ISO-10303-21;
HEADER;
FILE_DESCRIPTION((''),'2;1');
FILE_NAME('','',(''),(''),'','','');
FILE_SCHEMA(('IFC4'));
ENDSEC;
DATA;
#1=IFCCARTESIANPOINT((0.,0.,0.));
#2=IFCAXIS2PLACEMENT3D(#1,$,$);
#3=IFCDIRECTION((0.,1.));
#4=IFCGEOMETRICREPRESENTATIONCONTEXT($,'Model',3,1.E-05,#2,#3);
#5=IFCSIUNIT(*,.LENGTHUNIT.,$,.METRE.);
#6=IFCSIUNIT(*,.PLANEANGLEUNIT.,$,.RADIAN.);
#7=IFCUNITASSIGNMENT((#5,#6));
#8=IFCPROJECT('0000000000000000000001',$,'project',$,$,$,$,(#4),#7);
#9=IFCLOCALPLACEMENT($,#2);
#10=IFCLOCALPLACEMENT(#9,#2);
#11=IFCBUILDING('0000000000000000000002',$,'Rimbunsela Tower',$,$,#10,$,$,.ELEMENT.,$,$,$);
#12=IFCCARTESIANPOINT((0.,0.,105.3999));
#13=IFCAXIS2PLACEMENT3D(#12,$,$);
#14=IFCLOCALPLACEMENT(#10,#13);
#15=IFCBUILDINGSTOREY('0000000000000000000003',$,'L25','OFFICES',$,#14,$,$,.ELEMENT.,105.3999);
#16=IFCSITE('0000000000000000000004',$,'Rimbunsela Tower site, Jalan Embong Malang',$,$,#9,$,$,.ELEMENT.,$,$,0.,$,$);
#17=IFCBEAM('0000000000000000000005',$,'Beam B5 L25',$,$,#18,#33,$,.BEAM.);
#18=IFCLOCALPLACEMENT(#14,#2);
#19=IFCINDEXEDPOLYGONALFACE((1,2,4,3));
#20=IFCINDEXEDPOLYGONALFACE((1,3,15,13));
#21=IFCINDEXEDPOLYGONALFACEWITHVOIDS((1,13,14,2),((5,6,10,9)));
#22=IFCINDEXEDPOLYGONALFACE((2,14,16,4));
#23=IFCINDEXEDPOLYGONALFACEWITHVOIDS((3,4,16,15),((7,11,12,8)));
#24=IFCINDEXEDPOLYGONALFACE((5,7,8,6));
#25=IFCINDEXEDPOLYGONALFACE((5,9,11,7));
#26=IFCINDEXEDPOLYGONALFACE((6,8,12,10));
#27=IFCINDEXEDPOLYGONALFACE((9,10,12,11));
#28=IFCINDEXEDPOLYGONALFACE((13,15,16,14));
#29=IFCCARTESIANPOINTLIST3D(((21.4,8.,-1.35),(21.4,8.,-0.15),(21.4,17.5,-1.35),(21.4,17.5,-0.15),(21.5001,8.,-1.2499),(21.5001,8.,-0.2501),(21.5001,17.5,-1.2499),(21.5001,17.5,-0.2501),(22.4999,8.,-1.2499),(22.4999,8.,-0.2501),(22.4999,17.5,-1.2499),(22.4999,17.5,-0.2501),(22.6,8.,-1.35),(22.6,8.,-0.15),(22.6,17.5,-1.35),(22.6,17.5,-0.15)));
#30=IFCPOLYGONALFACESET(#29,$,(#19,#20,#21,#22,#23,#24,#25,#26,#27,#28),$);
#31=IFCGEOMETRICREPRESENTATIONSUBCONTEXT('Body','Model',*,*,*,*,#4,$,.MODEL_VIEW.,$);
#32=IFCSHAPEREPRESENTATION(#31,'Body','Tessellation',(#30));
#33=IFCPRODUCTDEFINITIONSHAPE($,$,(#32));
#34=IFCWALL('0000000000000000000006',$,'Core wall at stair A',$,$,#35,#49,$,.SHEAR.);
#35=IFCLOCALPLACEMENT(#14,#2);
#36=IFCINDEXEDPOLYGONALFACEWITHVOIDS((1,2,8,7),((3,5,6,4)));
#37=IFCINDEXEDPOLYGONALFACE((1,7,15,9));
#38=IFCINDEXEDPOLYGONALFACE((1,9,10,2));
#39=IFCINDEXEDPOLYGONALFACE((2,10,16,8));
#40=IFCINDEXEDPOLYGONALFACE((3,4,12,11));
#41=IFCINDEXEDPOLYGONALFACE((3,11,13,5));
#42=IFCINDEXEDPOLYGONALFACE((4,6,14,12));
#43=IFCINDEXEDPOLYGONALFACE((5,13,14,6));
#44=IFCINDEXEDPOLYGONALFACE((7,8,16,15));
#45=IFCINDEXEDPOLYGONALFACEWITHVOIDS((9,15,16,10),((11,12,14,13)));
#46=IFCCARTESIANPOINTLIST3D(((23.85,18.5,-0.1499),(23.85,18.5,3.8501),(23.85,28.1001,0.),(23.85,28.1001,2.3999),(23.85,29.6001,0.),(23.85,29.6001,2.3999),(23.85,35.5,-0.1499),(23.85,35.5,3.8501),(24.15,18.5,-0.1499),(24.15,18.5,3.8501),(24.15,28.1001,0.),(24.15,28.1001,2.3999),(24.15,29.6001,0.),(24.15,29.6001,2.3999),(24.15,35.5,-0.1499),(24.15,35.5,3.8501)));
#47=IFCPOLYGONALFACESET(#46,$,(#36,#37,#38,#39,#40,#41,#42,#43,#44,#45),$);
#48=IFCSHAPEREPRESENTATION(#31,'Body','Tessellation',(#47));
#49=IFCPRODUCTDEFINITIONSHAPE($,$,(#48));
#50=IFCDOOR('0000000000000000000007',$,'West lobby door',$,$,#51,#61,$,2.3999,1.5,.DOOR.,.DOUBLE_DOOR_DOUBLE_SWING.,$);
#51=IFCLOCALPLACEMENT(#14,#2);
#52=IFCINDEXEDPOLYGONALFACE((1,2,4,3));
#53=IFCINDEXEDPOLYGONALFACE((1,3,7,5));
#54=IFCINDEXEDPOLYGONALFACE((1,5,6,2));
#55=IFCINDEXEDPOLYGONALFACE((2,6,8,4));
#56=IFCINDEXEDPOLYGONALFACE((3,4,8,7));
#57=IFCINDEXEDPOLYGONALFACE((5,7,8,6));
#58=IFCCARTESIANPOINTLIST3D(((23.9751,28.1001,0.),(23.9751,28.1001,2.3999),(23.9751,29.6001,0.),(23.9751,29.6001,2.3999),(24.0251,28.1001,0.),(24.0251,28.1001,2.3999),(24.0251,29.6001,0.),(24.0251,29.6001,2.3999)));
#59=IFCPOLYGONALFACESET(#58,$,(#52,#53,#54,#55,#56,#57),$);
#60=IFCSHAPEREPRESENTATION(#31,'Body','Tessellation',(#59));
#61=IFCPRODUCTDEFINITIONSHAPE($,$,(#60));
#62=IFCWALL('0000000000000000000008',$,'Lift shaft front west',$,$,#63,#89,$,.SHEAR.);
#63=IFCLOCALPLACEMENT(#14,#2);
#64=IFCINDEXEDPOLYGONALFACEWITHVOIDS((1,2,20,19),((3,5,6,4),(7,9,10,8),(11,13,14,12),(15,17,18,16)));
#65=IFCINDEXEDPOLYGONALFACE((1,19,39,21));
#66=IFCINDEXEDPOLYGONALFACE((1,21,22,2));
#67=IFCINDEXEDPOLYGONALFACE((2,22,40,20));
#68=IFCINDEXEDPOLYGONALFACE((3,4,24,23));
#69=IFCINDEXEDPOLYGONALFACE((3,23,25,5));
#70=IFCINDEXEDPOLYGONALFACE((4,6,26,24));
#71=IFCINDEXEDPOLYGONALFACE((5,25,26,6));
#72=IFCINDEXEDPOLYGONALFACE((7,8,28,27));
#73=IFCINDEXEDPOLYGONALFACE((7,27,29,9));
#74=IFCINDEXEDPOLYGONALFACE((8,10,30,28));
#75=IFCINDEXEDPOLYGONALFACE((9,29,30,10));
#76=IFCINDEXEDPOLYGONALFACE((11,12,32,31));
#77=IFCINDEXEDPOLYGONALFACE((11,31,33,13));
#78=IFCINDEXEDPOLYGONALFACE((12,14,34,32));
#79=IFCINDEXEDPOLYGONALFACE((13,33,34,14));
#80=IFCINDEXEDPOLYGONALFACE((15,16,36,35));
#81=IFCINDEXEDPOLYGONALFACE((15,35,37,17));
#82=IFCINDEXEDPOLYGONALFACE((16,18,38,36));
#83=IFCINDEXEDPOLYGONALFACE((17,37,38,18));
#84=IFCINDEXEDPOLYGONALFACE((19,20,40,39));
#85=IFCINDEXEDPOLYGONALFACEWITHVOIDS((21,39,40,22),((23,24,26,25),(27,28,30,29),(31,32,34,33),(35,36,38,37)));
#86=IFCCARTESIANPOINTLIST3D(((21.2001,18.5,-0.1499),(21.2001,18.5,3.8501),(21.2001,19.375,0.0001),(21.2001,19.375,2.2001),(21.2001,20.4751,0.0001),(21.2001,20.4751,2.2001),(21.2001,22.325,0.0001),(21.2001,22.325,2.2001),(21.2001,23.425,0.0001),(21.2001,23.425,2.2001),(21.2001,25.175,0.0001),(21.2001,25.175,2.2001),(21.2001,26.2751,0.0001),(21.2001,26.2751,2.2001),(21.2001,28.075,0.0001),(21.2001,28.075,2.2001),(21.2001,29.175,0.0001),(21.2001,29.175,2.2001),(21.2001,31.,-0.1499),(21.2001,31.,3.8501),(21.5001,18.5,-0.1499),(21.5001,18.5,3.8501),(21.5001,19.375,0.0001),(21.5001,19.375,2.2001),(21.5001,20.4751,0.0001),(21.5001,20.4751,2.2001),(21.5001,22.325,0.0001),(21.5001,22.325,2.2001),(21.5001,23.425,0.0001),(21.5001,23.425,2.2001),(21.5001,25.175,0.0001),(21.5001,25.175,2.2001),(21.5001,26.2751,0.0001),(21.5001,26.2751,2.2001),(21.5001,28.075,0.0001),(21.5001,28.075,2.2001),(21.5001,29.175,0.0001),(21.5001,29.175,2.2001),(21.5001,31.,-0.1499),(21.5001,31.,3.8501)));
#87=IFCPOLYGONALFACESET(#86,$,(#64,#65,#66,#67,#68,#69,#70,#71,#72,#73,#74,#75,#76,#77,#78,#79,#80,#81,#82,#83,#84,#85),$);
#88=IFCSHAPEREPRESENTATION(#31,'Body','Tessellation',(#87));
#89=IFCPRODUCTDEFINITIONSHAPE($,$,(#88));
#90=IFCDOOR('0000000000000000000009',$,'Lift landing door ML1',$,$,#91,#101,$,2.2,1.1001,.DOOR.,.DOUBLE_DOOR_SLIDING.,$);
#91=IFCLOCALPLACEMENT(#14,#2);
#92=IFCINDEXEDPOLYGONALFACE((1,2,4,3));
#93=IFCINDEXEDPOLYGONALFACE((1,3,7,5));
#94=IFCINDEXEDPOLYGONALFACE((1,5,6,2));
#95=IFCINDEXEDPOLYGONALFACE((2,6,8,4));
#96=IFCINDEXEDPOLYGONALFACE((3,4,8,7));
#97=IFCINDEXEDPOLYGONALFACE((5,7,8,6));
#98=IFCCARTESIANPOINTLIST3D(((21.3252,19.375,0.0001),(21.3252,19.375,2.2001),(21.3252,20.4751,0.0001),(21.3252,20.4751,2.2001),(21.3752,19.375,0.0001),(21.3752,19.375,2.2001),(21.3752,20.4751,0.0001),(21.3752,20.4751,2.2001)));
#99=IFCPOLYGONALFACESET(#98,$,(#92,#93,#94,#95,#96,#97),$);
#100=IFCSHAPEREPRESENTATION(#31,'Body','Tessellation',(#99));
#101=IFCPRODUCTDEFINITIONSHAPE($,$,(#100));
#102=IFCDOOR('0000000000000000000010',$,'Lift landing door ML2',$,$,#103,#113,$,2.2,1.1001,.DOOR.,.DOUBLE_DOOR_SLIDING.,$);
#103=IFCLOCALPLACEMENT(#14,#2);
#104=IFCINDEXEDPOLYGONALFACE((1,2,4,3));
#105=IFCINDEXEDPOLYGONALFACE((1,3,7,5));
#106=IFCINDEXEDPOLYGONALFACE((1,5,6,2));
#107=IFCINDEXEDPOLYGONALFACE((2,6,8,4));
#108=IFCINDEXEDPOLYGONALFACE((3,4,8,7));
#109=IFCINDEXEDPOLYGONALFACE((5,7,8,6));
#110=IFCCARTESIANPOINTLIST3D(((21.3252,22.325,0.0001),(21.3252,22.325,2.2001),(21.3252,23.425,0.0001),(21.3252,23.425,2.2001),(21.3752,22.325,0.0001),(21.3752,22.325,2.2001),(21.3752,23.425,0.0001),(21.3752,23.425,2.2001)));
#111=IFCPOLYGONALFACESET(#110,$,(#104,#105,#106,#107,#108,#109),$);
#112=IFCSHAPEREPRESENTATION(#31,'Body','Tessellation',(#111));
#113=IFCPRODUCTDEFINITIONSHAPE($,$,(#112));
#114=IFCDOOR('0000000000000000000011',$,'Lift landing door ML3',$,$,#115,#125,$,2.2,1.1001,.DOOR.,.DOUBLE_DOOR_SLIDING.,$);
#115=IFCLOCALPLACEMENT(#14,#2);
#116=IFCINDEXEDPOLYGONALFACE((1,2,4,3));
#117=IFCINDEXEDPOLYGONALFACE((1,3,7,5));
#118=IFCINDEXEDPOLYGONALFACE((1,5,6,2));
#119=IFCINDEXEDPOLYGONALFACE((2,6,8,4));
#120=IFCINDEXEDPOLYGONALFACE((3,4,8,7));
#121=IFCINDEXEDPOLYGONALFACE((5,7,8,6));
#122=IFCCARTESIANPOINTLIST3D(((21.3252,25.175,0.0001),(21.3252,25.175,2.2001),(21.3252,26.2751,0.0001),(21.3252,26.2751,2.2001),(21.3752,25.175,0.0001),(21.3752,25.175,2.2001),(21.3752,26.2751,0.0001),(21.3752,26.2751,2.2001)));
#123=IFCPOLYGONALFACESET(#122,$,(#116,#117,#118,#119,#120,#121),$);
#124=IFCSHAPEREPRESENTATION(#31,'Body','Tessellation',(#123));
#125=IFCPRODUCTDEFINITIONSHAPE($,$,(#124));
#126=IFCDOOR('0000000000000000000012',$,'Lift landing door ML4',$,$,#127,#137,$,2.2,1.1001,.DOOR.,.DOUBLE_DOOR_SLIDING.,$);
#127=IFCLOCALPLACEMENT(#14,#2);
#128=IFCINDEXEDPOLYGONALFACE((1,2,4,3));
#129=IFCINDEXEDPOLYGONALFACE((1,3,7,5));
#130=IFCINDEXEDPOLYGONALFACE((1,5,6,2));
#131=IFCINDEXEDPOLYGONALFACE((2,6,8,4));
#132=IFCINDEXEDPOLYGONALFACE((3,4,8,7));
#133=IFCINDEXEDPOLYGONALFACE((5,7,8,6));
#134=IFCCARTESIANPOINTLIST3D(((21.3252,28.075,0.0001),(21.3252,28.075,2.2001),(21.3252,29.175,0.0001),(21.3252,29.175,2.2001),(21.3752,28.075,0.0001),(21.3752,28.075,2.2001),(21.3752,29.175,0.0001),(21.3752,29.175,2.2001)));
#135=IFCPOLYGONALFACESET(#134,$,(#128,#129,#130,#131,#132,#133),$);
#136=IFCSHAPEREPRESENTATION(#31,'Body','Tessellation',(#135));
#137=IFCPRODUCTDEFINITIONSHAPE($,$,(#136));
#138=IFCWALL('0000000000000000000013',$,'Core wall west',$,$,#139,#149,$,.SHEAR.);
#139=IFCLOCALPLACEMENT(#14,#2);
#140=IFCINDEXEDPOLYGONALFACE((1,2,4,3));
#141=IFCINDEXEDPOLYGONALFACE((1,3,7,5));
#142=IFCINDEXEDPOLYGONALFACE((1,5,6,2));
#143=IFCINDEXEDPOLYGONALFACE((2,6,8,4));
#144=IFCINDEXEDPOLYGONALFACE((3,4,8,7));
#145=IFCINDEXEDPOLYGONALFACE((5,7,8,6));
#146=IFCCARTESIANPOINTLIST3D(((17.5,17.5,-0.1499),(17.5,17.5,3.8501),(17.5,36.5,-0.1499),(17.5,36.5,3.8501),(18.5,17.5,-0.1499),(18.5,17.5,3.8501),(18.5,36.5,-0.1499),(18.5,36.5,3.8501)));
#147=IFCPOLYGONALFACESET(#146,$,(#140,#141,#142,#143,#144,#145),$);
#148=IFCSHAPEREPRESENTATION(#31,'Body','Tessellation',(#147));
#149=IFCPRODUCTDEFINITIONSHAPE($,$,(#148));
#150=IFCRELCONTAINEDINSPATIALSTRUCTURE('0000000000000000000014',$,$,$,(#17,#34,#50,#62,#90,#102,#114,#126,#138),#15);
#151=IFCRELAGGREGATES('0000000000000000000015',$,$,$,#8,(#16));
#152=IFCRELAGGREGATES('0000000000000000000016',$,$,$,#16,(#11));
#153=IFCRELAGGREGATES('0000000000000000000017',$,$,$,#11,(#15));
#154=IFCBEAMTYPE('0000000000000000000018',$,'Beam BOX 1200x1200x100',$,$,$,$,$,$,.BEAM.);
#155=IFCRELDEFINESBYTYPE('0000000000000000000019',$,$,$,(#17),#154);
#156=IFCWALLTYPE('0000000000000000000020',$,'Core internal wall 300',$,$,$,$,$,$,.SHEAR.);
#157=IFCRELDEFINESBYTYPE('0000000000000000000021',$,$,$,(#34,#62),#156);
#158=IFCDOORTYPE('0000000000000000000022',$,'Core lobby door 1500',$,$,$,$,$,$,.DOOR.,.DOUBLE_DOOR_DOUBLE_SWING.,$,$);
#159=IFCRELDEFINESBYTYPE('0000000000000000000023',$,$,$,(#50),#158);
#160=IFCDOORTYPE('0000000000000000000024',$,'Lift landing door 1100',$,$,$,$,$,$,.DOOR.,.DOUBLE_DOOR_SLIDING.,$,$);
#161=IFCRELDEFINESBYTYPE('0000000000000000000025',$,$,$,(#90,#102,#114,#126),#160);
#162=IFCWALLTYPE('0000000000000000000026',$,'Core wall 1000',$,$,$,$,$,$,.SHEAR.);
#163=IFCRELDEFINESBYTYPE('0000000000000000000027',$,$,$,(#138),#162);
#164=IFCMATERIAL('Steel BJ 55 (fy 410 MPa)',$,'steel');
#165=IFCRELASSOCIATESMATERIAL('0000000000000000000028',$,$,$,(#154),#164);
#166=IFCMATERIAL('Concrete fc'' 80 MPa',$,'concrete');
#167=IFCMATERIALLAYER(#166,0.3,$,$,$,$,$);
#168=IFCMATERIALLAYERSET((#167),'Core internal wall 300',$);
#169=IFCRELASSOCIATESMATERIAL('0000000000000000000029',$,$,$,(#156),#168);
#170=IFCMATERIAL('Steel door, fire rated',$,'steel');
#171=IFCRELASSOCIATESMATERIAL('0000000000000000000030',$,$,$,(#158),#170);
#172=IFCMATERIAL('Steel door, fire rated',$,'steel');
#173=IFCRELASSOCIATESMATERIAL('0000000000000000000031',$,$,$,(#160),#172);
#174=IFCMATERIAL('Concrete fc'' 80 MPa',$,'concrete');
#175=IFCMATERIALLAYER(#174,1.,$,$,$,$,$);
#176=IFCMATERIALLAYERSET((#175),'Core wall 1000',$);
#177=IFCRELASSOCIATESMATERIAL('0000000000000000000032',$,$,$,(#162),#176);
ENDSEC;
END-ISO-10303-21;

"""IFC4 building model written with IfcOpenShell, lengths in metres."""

from ifc_helpers import new_model, si_unit, direction, frame, frame_2d, origin, origin_2d, place, context, subcontext, project, spatial, rectangle, hollow_rectangle, extrude, material, layer, layer_set, material_profile, profile_set, type_object, element, fill, save


model = new_model("IFC4")

# Units and contexts
model_context = context("Model", 3, precision=1e-05, world=origin(), true_north=direction((0.0, 1.0)))
body_context = subcontext(model_context, "Body", "Model", "MODEL_VIEW")
ifc_project = project(units=[si_unit("LENGTHUNIT", "METRE"), si_unit("PLANEANGLEUNIT", "RADIAN")], contexts=[model_context])

# Site, building, storey
site_placement = place(None, origin())
site = spatial("IfcSite", under=ifc_project, at=site_placement, Name="Rimbunsela Tower site, Jalan Embong Malang", CompositionType="ELEMENT", RefElevation=0.0)
building_placement = place(site_placement, origin())
building = spatial("IfcBuilding", under=site, at=building_placement, Name="Rimbunsela Tower", CompositionType="ELEMENT")
storey_placement = place(building_placement, frame((0.0, 0.0, 105.3999)))
storey = spatial("IfcBuildingStorey", under=building, at=storey_placement, Name="L25", Description="OFFICES", CompositionType="ELEMENT", Elevation=105.3999)

# Beam
ifc_material_1 = material(Name="Steel BJ 55 (fy 410 MPa)", Category="steel")
ifc_material_profile = material_profile(ifc_material_1, hollow_rectangle(XDim=1.2, YDim=1.2, WallThickness=0.1001, at=origin_2d()), Name="BOX 1200x1200x100")
ifc_profile_set = profile_set([ifc_material_profile], Name="Steel BJ 55 (fy 410 MPa)")
beam_type = type_object("IfcBeamType", Name="Beam BOX 1200x1200x100", PredefinedType="BEAM", material=ifc_profile_set)
beam_placement = place(storey_placement, frame((22.0, 8.0, -0.75), z_axis=(0.0, 1.0, 0.0), x_axis=(-1.0, 0.0, 0.0)))
element("IfcBeam", 1, at=beam_placement, inside=storey, type_object=beam_type, Name="Beam B5 L25", PredefinedType="BEAM", context=body_context, shape_type="SweptSolid", body=[
    extrude(hollow_rectangle(XDim=1.2, YDim=1.2, WallThickness=0.1001, at=origin_2d()), origin(), (0.0, 0.0, 1.0), 9.5),
])

# Wall, opening, door
ifc_material_2 = material(Name="Concrete fc' 80 MPa", Category="concrete")
ifc_layer_1 = layer(ifc_material_2, 0.3)
ifc_layer_set_1 = layer_set([ifc_layer_1], Name="Core internal wall 300")
wall_type_1 = type_object("IfcWallType", Name="Core internal wall 300", PredefinedType="SHEAR", material=ifc_layer_set_1)
wall_1_placement = place(storey_placement, frame((24.0, 18.5, -0.1499), z_axis=(0.0, 0.0, 1.0), x_axis=(0.0, 1.0, 0.0)))
wall_1 = element("IfcWall", 2, at=wall_1_placement, inside=storey, type_object=wall_type_1, Name="Core wall at stair A", PredefinedType="SHEAR", context=body_context, shape_type="SweptSolid", body=[
    extrude(rectangle(XDim=17.0, YDim=0.3, at=frame_2d((8.5, 0.0))), origin(), (0.0, 0.0, 1.0), 4.0),
])
opening_1_placement = place(wall_1_placement, frame((9.6001, 0.0, 0.1499)))
opening_1 = element("IfcOpeningElement", 3, at=opening_1_placement, cuts=wall_1, PredefinedType="OPENING", context=body_context, shape_type="SweptSolid", body=[
    extrude(rectangle(XDim=1.5, YDim=2.3999, at=frame_2d((0.75, 1.2))), frame((0.0, 0.1599, 0.0), z_axis=(0.0, -1.0, 0.0), x_axis=(1.0, 0.0, 0.0)), (0.0, 0.0, 1.0), 0.3201),
])
ifc_material_3 = material(Name="Steel door, fire rated", Category="steel")
door_type_1 = type_object("IfcDoorType", Name="Core lobby door 1500", OperationType="DOUBLE_DOOR_DOUBLE_SWING", PredefinedType="DOOR", material=ifc_material_3)
door_1_placement = place(opening_1_placement, origin())
door_1 = element("IfcDoor", 4, at=door_1_placement, inside=storey, type_object=door_type_1, Name="West lobby door", OperationType="DOUBLE_DOOR_DOUBLE_SWING", OverallHeight=2.3999, OverallWidth=1.5, PredefinedType="DOOR", context=body_context, shape_type="SweptSolid", body=[
    extrude(rectangle(XDim=1.5, YDim=2.3999, at=frame_2d((0.75, 1.2))), frame((0.0, 0.0249, 0.0), z_axis=(0.0, -1.0, 0.0), x_axis=(1.0, 0.0, 0.0)), (0.0, 0.0, 1.0), 0.05),
])
fill(opening_1, door_1)

# Wall, openings, doors
wall_2_placement = place(storey_placement, frame((21.3501, 18.5, -0.1499), z_axis=(0.0, 0.0, 1.0), x_axis=(0.0, 1.0, 0.0)))
wall_2 = element("IfcWall", 5, at=wall_2_placement, inside=storey, type_object=wall_type_1, Name="Lift shaft front west", PredefinedType="SHEAR", context=body_context, shape_type="SweptSolid", body=[
    extrude(rectangle(XDim=12.5, YDim=0.3, at=frame_2d((6.25, 0.0))), origin(), (0.0, 0.0, 1.0), 4.0),
])
opening_2_placement = place(wall_2_placement, frame((0.875, 0.0, 0.1499)))
opening_2 = element("IfcOpeningElement", 6, at=opening_2_placement, cuts=wall_2, PredefinedType="OPENING", context=body_context, shape_type="SweptSolid", body=[
    extrude(rectangle(XDim=1.1001, YDim=2.2, at=frame_2d((0.55, 1.1001))), frame((0.0, 0.1599, 0.0), z_axis=(0.0, -1.0, 0.0), x_axis=(1.0, 0.0, 0.0)), (0.0, 0.0, 1.0), 0.3201),
])
opening_3_placement = place(wall_2_placement, frame((3.825, 0.0, 0.1499)))
opening_3 = element("IfcOpeningElement", 7, at=opening_3_placement, cuts=wall_2, PredefinedType="OPENING", context=body_context, shape_type="SweptSolid", body=[
    extrude(rectangle(XDim=1.1001, YDim=2.2, at=frame_2d((0.55, 1.1001))), frame((0.0, 0.1599, 0.0), z_axis=(0.0, -1.0, 0.0), x_axis=(1.0, 0.0, 0.0)), (0.0, 0.0, 1.0), 0.3201),
])
opening_4_placement = place(wall_2_placement, frame((6.675, 0.0, 0.1499)))
opening_4 = element("IfcOpeningElement", 8, at=opening_4_placement, cuts=wall_2, PredefinedType="OPENING", context=body_context, shape_type="SweptSolid", body=[
    extrude(rectangle(XDim=1.1001, YDim=2.2, at=frame_2d((0.55, 1.1001))), frame((0.0, 0.1599, 0.0), z_axis=(0.0, -1.0, 0.0), x_axis=(1.0, 0.0, 0.0)), (0.0, 0.0, 1.0), 0.3201),
])
opening_5_placement = place(wall_2_placement, frame((9.575, 0.0, 0.1499)))
opening_5 = element("IfcOpeningElement", 9, at=opening_5_placement, cuts=wall_2, PredefinedType="OPENING", context=body_context, shape_type="SweptSolid", body=[
    extrude(rectangle(XDim=1.1001, YDim=2.2, at=frame_2d((0.55, 1.1001))), frame((0.0, 0.1599, 0.0), z_axis=(0.0, -1.0, 0.0), x_axis=(1.0, 0.0, 0.0)), (0.0, 0.0, 1.0), 0.3201),
])
ifc_material_4 = material(Name="Steel door, fire rated", Category="steel")
door_type_2 = type_object("IfcDoorType", Name="Lift landing door 1100", OperationType="DOUBLE_DOOR_SLIDING", PredefinedType="DOOR", material=ifc_material_4)
door_2_placement = place(opening_2_placement, origin())
door_2 = element("IfcDoor", 10, at=door_2_placement, inside=storey, type_object=door_type_2, Name="Lift landing door ML1", OperationType="DOUBLE_DOOR_SLIDING", OverallHeight=2.2, OverallWidth=1.1001, PredefinedType="DOOR", context=body_context, shape_type="SweptSolid", body=[
    extrude(rectangle(XDim=1.1001, YDim=2.2, at=frame_2d((0.55, 1.1001))), frame((0.0, 0.0249, 0.0), z_axis=(0.0, -1.0, 0.0), x_axis=(1.0, 0.0, 0.0)), (0.0, 0.0, 1.0), 0.05),
])
fill(opening_2, door_2)
door_3_placement = place(opening_3_placement, origin())
door_3 = element("IfcDoor", 11, at=door_3_placement, inside=storey, type_object=door_type_2, Name="Lift landing door ML2", OperationType="DOUBLE_DOOR_SLIDING", OverallHeight=2.2, OverallWidth=1.1001, PredefinedType="DOOR", context=body_context, shape_type="SweptSolid", body=[
    extrude(rectangle(XDim=1.1001, YDim=2.2, at=frame_2d((0.55, 1.1001))), frame((0.0, 0.0249, 0.0), z_axis=(0.0, -1.0, 0.0), x_axis=(1.0, 0.0, 0.0)), (0.0, 0.0, 1.0), 0.05),
])
fill(opening_3, door_3)
door_4_placement = place(opening_4_placement, origin())
door_4 = element("IfcDoor", 12, at=door_4_placement, inside=storey, type_object=door_type_2, Name="Lift landing door ML3", OperationType="DOUBLE_DOOR_SLIDING", OverallHeight=2.2, OverallWidth=1.1001, PredefinedType="DOOR", context=body_context, shape_type="SweptSolid", body=[
    extrude(rectangle(XDim=1.1001, YDim=2.2, at=frame_2d((0.55, 1.1001))), frame((0.0, 0.0249, 0.0), z_axis=(0.0, -1.0, 0.0), x_axis=(1.0, 0.0, 0.0)), (0.0, 0.0, 1.0), 0.05),
])
fill(opening_4, door_4)
door_5_placement = place(opening_5_placement, origin())
door_5 = element("IfcDoor", 13, at=door_5_placement, inside=storey, type_object=door_type_2, Name="Lift landing door ML4", OperationType="DOUBLE_DOOR_SLIDING", OverallHeight=2.2, OverallWidth=1.1001, PredefinedType="DOOR", context=body_context, shape_type="SweptSolid", body=[
    extrude(rectangle(XDim=1.1001, YDim=2.2, at=frame_2d((0.55, 1.1001))), frame((0.0, 0.0249, 0.0), z_axis=(0.0, -1.0, 0.0), x_axis=(1.0, 0.0, 0.0)), (0.0, 0.0, 1.0), 0.05),
])
fill(opening_5, door_5)

# Wall
ifc_material_5 = material(Name="Concrete fc' 80 MPa", Category="concrete")
ifc_layer_2 = layer(ifc_material_5, 1.0)
ifc_layer_set_2 = layer_set([ifc_layer_2], Name="Core wall 1000")
wall_type_2 = type_object("IfcWallType", Name="Core wall 1000", PredefinedType="SHEAR", material=ifc_layer_set_2)
wall_3_placement = place(storey_placement, frame((18.0, 17.5, -0.1499), z_axis=(0.0, 0.0, 1.0), x_axis=(0.0, 1.0, 0.0)))
element("IfcWall", 14, at=wall_3_placement, inside=storey, type_object=wall_type_2, Name="Core wall west", PredefinedType="SHEAR", context=body_context, shape_type="SweptSolid", body=[
    extrude(rectangle(XDim=19.0, YDim=1.0, at=frame_2d((9.5, 0.0))), origin(), (0.0, 0.0, 1.0), 4.0),
])

save(model, "model.ifc")
